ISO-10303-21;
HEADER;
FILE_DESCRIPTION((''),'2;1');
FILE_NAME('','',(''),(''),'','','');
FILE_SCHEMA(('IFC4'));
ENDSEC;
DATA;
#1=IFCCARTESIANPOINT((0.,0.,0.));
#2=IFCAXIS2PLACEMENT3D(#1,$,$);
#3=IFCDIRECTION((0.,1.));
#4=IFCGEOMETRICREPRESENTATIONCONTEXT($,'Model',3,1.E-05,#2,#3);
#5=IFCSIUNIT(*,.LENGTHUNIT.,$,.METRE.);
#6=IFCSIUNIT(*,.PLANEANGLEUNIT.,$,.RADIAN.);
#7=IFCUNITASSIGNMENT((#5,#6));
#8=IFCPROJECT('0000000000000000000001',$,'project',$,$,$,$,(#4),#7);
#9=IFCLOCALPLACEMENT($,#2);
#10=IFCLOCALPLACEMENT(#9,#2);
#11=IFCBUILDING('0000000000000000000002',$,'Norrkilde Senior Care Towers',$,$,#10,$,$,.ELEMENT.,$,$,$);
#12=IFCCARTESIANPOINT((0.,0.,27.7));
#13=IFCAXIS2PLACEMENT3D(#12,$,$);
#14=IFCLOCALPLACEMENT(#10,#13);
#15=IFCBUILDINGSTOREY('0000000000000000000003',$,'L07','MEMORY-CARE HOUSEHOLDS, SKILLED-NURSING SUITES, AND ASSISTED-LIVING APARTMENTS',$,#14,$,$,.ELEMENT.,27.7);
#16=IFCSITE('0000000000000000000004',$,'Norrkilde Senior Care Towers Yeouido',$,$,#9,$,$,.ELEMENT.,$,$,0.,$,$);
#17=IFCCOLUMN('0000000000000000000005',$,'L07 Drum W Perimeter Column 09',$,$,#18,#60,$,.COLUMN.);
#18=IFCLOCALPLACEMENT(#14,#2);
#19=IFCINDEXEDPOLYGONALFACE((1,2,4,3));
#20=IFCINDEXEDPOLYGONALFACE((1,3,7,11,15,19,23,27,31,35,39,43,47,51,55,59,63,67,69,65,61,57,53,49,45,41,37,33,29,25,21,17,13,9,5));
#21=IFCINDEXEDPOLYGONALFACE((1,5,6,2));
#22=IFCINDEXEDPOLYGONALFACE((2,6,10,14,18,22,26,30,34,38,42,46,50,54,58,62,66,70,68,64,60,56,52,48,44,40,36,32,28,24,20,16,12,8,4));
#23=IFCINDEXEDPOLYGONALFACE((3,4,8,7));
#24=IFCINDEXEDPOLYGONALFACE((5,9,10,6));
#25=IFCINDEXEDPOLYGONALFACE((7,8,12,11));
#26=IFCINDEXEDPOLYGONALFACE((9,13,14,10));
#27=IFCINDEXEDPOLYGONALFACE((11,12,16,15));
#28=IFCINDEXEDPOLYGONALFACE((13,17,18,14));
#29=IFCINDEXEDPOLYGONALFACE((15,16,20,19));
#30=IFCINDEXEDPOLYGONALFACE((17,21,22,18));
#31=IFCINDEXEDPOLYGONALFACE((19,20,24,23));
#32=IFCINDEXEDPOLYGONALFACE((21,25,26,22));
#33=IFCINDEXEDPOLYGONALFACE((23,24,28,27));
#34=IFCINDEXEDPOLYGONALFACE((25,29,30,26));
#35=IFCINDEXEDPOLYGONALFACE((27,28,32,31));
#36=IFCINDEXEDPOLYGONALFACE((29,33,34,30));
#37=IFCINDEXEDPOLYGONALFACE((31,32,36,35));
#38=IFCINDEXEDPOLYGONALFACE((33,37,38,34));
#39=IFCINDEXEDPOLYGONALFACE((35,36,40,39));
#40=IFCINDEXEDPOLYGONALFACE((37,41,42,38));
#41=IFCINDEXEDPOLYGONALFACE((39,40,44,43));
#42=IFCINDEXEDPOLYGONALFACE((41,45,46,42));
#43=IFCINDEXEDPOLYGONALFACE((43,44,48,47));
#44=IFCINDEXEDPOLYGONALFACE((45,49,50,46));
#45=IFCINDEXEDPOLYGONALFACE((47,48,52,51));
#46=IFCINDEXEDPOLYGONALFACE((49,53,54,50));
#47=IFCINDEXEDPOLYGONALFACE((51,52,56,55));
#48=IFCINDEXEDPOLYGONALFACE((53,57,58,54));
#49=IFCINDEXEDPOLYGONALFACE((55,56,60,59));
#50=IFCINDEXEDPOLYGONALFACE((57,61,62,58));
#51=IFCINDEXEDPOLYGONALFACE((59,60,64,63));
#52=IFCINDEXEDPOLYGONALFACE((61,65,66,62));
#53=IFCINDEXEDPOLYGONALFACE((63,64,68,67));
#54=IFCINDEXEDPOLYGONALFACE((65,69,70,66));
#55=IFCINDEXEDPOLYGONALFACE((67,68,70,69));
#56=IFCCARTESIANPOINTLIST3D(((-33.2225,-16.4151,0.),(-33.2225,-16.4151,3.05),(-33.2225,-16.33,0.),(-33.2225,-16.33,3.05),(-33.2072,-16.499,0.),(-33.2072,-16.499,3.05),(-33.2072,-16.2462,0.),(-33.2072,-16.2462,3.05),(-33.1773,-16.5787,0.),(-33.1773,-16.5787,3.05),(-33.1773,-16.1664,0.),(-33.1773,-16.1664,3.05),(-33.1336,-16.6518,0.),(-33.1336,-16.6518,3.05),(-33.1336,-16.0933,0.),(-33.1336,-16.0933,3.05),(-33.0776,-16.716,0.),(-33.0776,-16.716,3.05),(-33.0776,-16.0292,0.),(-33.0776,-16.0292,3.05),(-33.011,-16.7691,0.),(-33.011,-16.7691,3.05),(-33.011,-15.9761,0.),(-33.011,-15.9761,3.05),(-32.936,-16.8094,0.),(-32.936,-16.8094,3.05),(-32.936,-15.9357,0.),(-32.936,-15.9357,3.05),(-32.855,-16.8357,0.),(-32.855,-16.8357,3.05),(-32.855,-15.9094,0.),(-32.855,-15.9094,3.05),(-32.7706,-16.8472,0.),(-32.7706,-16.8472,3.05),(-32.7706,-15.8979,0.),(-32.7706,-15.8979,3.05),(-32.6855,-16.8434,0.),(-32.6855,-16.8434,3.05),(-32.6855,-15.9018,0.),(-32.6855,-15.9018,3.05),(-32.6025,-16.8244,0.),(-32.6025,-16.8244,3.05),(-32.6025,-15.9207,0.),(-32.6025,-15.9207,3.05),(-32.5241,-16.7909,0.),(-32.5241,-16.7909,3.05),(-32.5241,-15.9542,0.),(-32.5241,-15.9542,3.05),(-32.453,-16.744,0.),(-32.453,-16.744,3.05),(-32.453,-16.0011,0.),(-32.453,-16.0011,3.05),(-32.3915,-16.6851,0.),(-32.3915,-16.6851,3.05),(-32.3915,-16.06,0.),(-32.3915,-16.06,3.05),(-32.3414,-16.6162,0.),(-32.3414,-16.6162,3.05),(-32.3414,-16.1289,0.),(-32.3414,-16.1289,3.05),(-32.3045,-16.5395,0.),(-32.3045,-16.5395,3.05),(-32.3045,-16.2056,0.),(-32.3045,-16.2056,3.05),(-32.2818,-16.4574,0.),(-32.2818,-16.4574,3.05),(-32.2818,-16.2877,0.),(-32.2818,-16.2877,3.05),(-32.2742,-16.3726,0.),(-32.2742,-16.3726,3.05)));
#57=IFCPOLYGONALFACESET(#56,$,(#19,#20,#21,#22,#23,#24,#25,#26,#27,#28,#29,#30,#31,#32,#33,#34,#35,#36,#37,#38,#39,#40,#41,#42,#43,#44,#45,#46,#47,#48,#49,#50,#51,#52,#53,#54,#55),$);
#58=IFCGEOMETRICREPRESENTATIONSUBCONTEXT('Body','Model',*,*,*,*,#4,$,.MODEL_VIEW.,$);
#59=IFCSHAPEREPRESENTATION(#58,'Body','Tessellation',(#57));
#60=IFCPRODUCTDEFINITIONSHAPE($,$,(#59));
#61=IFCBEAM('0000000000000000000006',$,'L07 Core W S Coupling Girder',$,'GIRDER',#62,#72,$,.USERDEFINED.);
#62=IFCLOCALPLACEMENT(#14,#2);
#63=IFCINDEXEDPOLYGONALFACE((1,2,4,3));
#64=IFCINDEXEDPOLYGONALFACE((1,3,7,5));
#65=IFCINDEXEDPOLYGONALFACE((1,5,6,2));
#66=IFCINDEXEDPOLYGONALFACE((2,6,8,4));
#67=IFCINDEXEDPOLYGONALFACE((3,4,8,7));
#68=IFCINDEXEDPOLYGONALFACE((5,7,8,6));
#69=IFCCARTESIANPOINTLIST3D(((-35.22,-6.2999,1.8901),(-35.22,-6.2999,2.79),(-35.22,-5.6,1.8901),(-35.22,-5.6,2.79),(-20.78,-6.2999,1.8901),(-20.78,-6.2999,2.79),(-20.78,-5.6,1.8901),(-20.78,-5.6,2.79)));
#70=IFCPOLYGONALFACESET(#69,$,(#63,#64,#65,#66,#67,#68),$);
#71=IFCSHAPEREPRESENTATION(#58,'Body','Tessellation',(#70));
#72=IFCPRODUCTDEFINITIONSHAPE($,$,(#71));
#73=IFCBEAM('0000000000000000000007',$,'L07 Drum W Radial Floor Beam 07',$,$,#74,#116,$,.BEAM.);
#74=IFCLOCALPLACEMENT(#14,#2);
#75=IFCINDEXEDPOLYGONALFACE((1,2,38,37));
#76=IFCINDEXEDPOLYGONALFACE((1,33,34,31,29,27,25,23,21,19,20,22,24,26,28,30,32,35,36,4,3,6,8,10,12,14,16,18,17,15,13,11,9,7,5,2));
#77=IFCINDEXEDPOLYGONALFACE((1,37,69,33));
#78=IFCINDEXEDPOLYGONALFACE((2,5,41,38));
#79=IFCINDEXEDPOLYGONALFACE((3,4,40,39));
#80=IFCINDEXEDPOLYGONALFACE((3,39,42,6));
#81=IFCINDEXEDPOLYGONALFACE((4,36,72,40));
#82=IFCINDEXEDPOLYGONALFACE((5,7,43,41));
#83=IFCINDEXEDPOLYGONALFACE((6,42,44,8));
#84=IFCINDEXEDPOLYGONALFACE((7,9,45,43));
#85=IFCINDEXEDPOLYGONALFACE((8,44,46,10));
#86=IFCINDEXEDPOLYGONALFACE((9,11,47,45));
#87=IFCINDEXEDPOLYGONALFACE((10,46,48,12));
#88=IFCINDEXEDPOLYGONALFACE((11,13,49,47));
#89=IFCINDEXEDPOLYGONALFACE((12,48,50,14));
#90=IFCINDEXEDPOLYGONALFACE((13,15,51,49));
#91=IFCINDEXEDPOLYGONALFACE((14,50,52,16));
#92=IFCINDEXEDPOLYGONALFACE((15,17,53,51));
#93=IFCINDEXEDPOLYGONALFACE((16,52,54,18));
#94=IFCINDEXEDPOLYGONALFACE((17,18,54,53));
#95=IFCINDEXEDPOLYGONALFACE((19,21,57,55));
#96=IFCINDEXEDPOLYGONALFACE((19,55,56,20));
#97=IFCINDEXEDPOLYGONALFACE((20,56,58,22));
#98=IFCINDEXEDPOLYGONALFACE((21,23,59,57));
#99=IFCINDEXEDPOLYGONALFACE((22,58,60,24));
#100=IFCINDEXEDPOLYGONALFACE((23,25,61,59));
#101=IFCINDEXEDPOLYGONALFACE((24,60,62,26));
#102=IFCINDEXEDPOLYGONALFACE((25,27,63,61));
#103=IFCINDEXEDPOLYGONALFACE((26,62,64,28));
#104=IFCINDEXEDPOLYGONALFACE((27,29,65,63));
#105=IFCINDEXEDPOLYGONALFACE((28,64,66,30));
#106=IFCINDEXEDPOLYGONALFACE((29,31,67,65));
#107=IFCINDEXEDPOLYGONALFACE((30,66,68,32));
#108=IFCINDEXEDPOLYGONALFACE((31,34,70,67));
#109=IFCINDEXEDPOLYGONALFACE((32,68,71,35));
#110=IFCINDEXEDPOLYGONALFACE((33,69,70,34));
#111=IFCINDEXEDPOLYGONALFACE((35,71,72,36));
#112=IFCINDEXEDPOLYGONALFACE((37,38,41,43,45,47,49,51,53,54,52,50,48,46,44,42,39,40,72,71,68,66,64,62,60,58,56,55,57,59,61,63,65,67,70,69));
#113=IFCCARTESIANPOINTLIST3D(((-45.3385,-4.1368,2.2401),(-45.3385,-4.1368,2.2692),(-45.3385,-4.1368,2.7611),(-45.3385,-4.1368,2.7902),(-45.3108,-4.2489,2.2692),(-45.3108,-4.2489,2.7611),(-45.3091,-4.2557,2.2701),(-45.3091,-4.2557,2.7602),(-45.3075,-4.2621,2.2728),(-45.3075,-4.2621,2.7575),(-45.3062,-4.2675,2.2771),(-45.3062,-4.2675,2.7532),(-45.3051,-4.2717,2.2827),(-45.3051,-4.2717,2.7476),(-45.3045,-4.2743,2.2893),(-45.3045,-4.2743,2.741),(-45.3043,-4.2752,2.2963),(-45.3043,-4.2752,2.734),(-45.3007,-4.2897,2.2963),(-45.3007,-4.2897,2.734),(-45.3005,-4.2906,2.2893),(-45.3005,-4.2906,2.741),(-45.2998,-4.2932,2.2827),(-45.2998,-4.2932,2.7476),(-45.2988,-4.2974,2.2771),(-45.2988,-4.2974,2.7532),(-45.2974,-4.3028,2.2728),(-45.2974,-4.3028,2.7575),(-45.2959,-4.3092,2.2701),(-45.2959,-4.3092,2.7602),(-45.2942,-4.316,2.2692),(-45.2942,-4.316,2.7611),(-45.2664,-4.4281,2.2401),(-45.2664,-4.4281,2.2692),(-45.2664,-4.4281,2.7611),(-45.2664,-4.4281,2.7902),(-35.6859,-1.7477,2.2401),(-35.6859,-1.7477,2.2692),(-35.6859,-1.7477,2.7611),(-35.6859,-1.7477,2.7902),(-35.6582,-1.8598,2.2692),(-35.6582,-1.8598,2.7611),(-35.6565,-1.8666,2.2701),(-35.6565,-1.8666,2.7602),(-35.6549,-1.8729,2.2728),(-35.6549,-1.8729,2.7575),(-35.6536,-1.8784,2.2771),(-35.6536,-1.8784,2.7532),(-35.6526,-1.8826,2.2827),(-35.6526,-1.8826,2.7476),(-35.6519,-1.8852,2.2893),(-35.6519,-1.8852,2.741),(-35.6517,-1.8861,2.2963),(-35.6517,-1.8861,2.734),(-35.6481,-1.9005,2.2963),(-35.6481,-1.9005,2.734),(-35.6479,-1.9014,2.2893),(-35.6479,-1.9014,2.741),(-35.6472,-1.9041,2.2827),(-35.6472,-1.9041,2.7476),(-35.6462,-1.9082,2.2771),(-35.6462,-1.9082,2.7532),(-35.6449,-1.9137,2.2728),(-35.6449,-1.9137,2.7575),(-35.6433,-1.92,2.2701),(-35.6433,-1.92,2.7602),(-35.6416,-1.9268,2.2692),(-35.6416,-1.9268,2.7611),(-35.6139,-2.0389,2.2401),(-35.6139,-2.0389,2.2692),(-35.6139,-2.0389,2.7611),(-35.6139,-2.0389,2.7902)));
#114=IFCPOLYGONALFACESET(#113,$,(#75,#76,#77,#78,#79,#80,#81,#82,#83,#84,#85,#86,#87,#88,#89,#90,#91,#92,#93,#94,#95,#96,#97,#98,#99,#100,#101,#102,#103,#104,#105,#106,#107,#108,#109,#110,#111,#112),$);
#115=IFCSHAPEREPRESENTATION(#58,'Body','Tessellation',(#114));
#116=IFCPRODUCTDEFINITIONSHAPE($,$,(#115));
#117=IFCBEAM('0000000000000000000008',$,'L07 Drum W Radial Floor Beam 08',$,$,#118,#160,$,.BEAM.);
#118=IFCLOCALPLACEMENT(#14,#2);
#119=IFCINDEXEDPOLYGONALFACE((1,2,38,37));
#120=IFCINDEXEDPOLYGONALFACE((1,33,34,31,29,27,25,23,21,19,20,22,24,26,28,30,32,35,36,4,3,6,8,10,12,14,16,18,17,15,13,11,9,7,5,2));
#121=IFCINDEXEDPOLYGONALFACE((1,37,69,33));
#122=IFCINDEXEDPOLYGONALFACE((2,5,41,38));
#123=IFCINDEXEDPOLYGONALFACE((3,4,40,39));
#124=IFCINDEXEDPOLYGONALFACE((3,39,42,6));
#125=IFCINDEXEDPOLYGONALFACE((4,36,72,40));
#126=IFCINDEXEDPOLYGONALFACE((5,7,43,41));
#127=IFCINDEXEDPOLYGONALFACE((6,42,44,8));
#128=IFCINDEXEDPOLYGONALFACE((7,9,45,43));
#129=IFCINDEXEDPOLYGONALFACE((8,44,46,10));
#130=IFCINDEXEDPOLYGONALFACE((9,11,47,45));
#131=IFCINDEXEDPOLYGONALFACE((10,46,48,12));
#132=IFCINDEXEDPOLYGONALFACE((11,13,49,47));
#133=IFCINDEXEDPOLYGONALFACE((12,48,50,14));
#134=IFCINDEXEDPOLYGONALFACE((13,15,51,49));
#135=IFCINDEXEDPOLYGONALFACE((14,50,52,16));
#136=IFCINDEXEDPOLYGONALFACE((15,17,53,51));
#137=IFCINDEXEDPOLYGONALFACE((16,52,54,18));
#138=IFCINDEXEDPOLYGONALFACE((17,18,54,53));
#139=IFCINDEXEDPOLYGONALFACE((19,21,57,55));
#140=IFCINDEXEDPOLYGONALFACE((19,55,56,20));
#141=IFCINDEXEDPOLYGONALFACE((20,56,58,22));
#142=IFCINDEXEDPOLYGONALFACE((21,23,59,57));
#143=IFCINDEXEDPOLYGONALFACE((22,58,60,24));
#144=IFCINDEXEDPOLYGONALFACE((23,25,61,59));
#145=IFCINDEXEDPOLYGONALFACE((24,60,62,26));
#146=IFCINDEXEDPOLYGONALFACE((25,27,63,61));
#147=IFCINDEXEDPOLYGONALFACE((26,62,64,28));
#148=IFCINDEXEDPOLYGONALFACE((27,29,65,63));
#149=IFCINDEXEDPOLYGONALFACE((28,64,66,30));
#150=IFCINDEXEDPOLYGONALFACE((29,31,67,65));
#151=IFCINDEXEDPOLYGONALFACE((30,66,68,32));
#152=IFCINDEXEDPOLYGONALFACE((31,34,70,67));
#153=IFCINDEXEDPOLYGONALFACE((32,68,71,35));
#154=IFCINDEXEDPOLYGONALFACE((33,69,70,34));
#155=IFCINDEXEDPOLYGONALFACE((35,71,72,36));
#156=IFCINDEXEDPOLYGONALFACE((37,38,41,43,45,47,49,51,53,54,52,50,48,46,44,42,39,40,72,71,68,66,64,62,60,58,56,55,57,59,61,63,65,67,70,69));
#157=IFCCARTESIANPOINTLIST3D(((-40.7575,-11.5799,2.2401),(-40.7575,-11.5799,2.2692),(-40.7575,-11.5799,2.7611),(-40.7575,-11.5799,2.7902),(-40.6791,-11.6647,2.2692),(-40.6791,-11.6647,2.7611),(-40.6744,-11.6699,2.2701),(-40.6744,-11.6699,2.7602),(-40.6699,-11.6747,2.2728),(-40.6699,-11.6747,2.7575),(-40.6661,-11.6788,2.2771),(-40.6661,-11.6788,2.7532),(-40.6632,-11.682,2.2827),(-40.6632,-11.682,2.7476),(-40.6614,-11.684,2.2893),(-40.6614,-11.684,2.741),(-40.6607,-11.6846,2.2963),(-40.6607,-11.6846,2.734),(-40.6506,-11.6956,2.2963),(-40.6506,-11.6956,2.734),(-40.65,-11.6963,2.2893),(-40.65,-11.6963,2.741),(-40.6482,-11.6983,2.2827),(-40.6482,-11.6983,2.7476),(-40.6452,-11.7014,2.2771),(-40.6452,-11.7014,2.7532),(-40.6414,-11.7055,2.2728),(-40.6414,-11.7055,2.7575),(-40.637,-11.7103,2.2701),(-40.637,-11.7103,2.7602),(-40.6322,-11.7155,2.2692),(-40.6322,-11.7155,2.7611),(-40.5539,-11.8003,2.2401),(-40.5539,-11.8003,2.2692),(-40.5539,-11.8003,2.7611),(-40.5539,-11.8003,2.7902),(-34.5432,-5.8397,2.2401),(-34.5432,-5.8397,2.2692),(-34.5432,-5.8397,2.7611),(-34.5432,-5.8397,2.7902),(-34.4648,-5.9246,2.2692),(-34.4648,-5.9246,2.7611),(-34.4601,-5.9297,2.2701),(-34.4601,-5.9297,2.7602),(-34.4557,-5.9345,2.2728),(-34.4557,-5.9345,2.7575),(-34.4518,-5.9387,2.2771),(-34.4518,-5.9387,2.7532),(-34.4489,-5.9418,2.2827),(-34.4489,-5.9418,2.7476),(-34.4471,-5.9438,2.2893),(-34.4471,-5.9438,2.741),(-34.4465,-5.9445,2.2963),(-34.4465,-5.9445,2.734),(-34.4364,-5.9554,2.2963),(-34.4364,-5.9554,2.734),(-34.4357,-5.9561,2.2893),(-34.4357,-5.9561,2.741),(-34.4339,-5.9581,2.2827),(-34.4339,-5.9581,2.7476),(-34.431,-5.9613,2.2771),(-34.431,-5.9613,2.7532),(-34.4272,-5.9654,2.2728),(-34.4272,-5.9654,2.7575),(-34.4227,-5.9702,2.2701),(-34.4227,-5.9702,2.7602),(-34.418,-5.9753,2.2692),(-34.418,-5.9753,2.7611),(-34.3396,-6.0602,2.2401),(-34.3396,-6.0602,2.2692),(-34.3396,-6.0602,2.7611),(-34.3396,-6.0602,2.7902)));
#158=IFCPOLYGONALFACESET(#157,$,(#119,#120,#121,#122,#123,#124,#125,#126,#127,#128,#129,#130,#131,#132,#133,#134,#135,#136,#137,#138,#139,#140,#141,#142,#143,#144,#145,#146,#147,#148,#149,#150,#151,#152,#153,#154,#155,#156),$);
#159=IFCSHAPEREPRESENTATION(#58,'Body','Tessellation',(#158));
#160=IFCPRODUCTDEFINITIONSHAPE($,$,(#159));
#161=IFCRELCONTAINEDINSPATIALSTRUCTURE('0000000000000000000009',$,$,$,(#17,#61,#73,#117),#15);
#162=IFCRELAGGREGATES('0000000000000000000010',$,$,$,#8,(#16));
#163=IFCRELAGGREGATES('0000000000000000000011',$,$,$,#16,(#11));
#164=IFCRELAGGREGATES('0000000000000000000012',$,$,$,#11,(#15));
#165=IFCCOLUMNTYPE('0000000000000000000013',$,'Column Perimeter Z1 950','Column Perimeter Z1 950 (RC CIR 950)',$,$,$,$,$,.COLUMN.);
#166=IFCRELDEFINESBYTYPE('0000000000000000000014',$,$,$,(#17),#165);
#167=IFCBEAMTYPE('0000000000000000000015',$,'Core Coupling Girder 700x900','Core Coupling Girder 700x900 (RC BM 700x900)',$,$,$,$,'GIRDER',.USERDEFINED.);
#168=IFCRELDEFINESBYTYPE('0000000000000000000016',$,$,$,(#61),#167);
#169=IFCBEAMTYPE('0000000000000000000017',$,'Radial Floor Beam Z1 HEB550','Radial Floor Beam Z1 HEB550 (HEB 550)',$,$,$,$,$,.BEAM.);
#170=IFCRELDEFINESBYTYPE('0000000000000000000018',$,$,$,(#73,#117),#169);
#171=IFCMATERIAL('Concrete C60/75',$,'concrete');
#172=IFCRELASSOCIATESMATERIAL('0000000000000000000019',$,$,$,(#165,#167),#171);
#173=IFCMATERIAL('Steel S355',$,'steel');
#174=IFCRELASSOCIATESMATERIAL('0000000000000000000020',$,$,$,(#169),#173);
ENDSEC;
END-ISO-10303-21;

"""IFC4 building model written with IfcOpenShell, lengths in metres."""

from ifc_helpers import new_model, si_unit, direction, frame, origin, origin_2d, place, context, subcontext, project, spatial, rectangle, circle, i_section, extrude, source, transform, mapped, material, material_profile, profile_set, type_object, type_shapes, element, save


model = new_model("IFC4")

# Units and contexts
model_context = context("Model", 3, precision=1e-05, world=origin(), true_north=direction((0.0, 1.0)))
body_context = subcontext(model_context, "Body", "Model", "MODEL_VIEW")
ifc_project = project(units=[si_unit("LENGTHUNIT", "METRE"), si_unit("PLANEANGLEUNIT", "RADIAN")], contexts=[model_context])

# Site, building, storey
site_placement = place(None, origin())
site = spatial("IfcSite", under=ifc_project, at=site_placement, Name="Norrkilde Senior Care Towers Yeouido", CompositionType="ELEMENT", RefElevation=0.0)
building_placement = place(site_placement, origin())
building = spatial("IfcBuilding", under=site, at=building_placement, Name="Norrkilde Senior Care Towers", CompositionType="ELEMENT")
storey_placement = place(building_placement, frame((0.0, 0.0, 27.7)))
storey = spatial("IfcBuildingStorey", under=building, at=storey_placement, Name="L07", Description="MEMORY-CARE HOUSEHOLDS, SKILLED-NURSING SUITES, AND ASSISTED-LIVING APARTMENTS", CompositionType="ELEMENT", Elevation=27.7)

# Column
ifc_material_1 = material(Name="Concrete C60/75", Category="concrete")
ifc_material_profile_1 = material_profile(ifc_material_1, circle(Radius=0.4751, at=origin_2d()), Name="RC CIR 950")
ifc_profile_set_1 = profile_set([ifc_material_profile_1], Name="Concrete C60/75")
column_type = type_object("IfcColumnType", Name="Column Perimeter Z1 950", Description="Column Perimeter Z1 950 (RC CIR 950)", PredefinedType="COLUMN", material=ifc_profile_set_1)
shared_shape_1 = source(origin(), body_context, "Body", "SweptSolid", [
    extrude(circle(Radius=0.4751, at=origin_2d()), origin(), (0.0, 0.0, 1.0), 3.05),
])
type_shapes(column_type, [shared_shape_1])
column_placement = place(storey_placement, frame((-32.7493, -16.3726, 0.0), z_axis=(0.0, 0.0, 1.0), x_axis=(1.0, 0.0, 0.0)))
element("IfcColumn", 1, at=column_placement, inside=storey, type_object=column_type, Name="L07 Drum W Perimeter Column 09", PredefinedType="COLUMN", context=body_context, shape_type="MappedRepresentation", body=[
    mapped(shared_shape_1, transform((0.0, 0.0, 0.0), x_axis=(1.0, 0.0, 0.0), y_axis=(0.0, 1.0, 0.0), z_axis=(0.0, 0.0, 1.0), scale=1.0)),
])

# Beams
ifc_material_profile_2 = material_profile(ifc_material_1, rectangle(XDim=0.7, YDim=0.8999, at=origin_2d()), Name="RC BM 700x900")
ifc_profile_set_2 = profile_set([ifc_material_profile_2], Name="Concrete C60/75")
beam_type_1 = type_object("IfcBeamType", Name="Core Coupling Girder 700x900", Description="Core Coupling Girder 700x900 (RC BM 700x900)", ElementType="GIRDER", PredefinedType="USERDEFINED", material=ifc_profile_set_2)
shared_shape_2 = source(origin(), body_context, "Body", "SweptSolid", [
    extrude(rectangle(XDim=0.7, YDim=0.8999, at=origin_2d()), origin(), (0.0, 0.0, 1.0), 14.4399),
])
type_shapes(beam_type_1, [shared_shape_2])
beam_1_placement = place(storey_placement, frame((-35.22, -5.95, 2.3401), z_axis=(1.0, 0.0, 0.0), x_axis=(0.0, 1.0, 0.0)))
element("IfcBeam", 2, at=beam_1_placement, inside=storey, type_object=beam_type_1, Name="L07 Core W S Coupling Girder", ObjectType="GIRDER", PredefinedType="USERDEFINED", context=body_context, shape_type="MappedRepresentation", body=[
    mapped(shared_shape_2, transform((0.0, 0.0, 0.0), x_axis=(1.0, 0.0, 0.0), y_axis=(0.0, 1.0, 0.0), z_axis=(0.0, 0.0, 1.0), scale=1.0)),
])
ifc_material_2 = material(Name="Steel S355", Category="steel")
ifc_material_profile_3 = material_profile(ifc_material_2, i_section(OverallWidth=0.3, OverallDepth=0.55, WebThickness=0.0149, FlangeThickness=0.0291, FilletRadius=0.0271, at=origin_2d()), Name="HEB 550")
ifc_profile_set_3 = profile_set([ifc_material_profile_3], Name="Steel S355")
beam_type_2 = type_object("IfcBeamType", Name="Radial Floor Beam Z1 HEB550", Description="Radial Floor Beam Z1 HEB550 (HEB 550)", PredefinedType="BEAM", material=ifc_profile_set_3)
shared_shape_3 = source(origin(), body_context, "Body", "SweptSolid", [
    extrude(i_section(OverallWidth=0.3, OverallDepth=0.55, WebThickness=0.0149, FlangeThickness=0.0291, FilletRadius=0.0271, at=origin_2d()), origin(), (0.0, 0.0, 1.0), 9.9438),
])
beam_2_placement = place(storey_placement, frame((-35.6499, -1.8933, 2.5151), z_axis=(-0.970707, -0.240265, 0.0), x_axis=(0.240265, -0.970707, 0.0)))
element("IfcBeam", 3, at=beam_2_placement, inside=storey, type_object=beam_type_2, Name="L07 Drum W Radial Floor Beam 07", PredefinedType="BEAM", context=body_context, shape_type="MappedRepresentation", body=[
    mapped(shared_shape_3, transform((0.0, 0.0, 0.0), x_axis=(1.0, 0.0, 0.0), y_axis=(0.0, 1.0, 0.0), z_axis=(0.0, 0.0, 1.0), scale=1.0)),
])
shared_shape_4 = source(origin(), body_context, "Body", "SweptSolid", [
    extrude(i_section(OverallWidth=0.3, OverallDepth=0.55, WebThickness=0.0149, FlangeThickness=0.0291, FilletRadius=0.0271, at=origin_2d()), origin(), (0.0, 0.0, 1.0), 8.4597),
])
beam_3_placement = place(storey_placement, frame((-34.4414, -5.95, 2.5151), z_axis=(-0.734573, -0.678529, 0.0), x_axis=(0.678529, -0.734573, 0.0)))
element("IfcBeam", 4, at=beam_3_placement, inside=storey, type_object=beam_type_2, Name="L07 Drum W Radial Floor Beam 08", PredefinedType="BEAM", context=body_context, shape_type="MappedRepresentation", body=[
    mapped(shared_shape_4, transform((0.0, 0.0, 0.0), x_axis=(1.0, 0.0, 0.0), y_axis=(0.0, 1.0, 0.0), z_axis=(0.0, 0.0, 1.0), scale=1.0)),
])

save(model, "model.ifc")
